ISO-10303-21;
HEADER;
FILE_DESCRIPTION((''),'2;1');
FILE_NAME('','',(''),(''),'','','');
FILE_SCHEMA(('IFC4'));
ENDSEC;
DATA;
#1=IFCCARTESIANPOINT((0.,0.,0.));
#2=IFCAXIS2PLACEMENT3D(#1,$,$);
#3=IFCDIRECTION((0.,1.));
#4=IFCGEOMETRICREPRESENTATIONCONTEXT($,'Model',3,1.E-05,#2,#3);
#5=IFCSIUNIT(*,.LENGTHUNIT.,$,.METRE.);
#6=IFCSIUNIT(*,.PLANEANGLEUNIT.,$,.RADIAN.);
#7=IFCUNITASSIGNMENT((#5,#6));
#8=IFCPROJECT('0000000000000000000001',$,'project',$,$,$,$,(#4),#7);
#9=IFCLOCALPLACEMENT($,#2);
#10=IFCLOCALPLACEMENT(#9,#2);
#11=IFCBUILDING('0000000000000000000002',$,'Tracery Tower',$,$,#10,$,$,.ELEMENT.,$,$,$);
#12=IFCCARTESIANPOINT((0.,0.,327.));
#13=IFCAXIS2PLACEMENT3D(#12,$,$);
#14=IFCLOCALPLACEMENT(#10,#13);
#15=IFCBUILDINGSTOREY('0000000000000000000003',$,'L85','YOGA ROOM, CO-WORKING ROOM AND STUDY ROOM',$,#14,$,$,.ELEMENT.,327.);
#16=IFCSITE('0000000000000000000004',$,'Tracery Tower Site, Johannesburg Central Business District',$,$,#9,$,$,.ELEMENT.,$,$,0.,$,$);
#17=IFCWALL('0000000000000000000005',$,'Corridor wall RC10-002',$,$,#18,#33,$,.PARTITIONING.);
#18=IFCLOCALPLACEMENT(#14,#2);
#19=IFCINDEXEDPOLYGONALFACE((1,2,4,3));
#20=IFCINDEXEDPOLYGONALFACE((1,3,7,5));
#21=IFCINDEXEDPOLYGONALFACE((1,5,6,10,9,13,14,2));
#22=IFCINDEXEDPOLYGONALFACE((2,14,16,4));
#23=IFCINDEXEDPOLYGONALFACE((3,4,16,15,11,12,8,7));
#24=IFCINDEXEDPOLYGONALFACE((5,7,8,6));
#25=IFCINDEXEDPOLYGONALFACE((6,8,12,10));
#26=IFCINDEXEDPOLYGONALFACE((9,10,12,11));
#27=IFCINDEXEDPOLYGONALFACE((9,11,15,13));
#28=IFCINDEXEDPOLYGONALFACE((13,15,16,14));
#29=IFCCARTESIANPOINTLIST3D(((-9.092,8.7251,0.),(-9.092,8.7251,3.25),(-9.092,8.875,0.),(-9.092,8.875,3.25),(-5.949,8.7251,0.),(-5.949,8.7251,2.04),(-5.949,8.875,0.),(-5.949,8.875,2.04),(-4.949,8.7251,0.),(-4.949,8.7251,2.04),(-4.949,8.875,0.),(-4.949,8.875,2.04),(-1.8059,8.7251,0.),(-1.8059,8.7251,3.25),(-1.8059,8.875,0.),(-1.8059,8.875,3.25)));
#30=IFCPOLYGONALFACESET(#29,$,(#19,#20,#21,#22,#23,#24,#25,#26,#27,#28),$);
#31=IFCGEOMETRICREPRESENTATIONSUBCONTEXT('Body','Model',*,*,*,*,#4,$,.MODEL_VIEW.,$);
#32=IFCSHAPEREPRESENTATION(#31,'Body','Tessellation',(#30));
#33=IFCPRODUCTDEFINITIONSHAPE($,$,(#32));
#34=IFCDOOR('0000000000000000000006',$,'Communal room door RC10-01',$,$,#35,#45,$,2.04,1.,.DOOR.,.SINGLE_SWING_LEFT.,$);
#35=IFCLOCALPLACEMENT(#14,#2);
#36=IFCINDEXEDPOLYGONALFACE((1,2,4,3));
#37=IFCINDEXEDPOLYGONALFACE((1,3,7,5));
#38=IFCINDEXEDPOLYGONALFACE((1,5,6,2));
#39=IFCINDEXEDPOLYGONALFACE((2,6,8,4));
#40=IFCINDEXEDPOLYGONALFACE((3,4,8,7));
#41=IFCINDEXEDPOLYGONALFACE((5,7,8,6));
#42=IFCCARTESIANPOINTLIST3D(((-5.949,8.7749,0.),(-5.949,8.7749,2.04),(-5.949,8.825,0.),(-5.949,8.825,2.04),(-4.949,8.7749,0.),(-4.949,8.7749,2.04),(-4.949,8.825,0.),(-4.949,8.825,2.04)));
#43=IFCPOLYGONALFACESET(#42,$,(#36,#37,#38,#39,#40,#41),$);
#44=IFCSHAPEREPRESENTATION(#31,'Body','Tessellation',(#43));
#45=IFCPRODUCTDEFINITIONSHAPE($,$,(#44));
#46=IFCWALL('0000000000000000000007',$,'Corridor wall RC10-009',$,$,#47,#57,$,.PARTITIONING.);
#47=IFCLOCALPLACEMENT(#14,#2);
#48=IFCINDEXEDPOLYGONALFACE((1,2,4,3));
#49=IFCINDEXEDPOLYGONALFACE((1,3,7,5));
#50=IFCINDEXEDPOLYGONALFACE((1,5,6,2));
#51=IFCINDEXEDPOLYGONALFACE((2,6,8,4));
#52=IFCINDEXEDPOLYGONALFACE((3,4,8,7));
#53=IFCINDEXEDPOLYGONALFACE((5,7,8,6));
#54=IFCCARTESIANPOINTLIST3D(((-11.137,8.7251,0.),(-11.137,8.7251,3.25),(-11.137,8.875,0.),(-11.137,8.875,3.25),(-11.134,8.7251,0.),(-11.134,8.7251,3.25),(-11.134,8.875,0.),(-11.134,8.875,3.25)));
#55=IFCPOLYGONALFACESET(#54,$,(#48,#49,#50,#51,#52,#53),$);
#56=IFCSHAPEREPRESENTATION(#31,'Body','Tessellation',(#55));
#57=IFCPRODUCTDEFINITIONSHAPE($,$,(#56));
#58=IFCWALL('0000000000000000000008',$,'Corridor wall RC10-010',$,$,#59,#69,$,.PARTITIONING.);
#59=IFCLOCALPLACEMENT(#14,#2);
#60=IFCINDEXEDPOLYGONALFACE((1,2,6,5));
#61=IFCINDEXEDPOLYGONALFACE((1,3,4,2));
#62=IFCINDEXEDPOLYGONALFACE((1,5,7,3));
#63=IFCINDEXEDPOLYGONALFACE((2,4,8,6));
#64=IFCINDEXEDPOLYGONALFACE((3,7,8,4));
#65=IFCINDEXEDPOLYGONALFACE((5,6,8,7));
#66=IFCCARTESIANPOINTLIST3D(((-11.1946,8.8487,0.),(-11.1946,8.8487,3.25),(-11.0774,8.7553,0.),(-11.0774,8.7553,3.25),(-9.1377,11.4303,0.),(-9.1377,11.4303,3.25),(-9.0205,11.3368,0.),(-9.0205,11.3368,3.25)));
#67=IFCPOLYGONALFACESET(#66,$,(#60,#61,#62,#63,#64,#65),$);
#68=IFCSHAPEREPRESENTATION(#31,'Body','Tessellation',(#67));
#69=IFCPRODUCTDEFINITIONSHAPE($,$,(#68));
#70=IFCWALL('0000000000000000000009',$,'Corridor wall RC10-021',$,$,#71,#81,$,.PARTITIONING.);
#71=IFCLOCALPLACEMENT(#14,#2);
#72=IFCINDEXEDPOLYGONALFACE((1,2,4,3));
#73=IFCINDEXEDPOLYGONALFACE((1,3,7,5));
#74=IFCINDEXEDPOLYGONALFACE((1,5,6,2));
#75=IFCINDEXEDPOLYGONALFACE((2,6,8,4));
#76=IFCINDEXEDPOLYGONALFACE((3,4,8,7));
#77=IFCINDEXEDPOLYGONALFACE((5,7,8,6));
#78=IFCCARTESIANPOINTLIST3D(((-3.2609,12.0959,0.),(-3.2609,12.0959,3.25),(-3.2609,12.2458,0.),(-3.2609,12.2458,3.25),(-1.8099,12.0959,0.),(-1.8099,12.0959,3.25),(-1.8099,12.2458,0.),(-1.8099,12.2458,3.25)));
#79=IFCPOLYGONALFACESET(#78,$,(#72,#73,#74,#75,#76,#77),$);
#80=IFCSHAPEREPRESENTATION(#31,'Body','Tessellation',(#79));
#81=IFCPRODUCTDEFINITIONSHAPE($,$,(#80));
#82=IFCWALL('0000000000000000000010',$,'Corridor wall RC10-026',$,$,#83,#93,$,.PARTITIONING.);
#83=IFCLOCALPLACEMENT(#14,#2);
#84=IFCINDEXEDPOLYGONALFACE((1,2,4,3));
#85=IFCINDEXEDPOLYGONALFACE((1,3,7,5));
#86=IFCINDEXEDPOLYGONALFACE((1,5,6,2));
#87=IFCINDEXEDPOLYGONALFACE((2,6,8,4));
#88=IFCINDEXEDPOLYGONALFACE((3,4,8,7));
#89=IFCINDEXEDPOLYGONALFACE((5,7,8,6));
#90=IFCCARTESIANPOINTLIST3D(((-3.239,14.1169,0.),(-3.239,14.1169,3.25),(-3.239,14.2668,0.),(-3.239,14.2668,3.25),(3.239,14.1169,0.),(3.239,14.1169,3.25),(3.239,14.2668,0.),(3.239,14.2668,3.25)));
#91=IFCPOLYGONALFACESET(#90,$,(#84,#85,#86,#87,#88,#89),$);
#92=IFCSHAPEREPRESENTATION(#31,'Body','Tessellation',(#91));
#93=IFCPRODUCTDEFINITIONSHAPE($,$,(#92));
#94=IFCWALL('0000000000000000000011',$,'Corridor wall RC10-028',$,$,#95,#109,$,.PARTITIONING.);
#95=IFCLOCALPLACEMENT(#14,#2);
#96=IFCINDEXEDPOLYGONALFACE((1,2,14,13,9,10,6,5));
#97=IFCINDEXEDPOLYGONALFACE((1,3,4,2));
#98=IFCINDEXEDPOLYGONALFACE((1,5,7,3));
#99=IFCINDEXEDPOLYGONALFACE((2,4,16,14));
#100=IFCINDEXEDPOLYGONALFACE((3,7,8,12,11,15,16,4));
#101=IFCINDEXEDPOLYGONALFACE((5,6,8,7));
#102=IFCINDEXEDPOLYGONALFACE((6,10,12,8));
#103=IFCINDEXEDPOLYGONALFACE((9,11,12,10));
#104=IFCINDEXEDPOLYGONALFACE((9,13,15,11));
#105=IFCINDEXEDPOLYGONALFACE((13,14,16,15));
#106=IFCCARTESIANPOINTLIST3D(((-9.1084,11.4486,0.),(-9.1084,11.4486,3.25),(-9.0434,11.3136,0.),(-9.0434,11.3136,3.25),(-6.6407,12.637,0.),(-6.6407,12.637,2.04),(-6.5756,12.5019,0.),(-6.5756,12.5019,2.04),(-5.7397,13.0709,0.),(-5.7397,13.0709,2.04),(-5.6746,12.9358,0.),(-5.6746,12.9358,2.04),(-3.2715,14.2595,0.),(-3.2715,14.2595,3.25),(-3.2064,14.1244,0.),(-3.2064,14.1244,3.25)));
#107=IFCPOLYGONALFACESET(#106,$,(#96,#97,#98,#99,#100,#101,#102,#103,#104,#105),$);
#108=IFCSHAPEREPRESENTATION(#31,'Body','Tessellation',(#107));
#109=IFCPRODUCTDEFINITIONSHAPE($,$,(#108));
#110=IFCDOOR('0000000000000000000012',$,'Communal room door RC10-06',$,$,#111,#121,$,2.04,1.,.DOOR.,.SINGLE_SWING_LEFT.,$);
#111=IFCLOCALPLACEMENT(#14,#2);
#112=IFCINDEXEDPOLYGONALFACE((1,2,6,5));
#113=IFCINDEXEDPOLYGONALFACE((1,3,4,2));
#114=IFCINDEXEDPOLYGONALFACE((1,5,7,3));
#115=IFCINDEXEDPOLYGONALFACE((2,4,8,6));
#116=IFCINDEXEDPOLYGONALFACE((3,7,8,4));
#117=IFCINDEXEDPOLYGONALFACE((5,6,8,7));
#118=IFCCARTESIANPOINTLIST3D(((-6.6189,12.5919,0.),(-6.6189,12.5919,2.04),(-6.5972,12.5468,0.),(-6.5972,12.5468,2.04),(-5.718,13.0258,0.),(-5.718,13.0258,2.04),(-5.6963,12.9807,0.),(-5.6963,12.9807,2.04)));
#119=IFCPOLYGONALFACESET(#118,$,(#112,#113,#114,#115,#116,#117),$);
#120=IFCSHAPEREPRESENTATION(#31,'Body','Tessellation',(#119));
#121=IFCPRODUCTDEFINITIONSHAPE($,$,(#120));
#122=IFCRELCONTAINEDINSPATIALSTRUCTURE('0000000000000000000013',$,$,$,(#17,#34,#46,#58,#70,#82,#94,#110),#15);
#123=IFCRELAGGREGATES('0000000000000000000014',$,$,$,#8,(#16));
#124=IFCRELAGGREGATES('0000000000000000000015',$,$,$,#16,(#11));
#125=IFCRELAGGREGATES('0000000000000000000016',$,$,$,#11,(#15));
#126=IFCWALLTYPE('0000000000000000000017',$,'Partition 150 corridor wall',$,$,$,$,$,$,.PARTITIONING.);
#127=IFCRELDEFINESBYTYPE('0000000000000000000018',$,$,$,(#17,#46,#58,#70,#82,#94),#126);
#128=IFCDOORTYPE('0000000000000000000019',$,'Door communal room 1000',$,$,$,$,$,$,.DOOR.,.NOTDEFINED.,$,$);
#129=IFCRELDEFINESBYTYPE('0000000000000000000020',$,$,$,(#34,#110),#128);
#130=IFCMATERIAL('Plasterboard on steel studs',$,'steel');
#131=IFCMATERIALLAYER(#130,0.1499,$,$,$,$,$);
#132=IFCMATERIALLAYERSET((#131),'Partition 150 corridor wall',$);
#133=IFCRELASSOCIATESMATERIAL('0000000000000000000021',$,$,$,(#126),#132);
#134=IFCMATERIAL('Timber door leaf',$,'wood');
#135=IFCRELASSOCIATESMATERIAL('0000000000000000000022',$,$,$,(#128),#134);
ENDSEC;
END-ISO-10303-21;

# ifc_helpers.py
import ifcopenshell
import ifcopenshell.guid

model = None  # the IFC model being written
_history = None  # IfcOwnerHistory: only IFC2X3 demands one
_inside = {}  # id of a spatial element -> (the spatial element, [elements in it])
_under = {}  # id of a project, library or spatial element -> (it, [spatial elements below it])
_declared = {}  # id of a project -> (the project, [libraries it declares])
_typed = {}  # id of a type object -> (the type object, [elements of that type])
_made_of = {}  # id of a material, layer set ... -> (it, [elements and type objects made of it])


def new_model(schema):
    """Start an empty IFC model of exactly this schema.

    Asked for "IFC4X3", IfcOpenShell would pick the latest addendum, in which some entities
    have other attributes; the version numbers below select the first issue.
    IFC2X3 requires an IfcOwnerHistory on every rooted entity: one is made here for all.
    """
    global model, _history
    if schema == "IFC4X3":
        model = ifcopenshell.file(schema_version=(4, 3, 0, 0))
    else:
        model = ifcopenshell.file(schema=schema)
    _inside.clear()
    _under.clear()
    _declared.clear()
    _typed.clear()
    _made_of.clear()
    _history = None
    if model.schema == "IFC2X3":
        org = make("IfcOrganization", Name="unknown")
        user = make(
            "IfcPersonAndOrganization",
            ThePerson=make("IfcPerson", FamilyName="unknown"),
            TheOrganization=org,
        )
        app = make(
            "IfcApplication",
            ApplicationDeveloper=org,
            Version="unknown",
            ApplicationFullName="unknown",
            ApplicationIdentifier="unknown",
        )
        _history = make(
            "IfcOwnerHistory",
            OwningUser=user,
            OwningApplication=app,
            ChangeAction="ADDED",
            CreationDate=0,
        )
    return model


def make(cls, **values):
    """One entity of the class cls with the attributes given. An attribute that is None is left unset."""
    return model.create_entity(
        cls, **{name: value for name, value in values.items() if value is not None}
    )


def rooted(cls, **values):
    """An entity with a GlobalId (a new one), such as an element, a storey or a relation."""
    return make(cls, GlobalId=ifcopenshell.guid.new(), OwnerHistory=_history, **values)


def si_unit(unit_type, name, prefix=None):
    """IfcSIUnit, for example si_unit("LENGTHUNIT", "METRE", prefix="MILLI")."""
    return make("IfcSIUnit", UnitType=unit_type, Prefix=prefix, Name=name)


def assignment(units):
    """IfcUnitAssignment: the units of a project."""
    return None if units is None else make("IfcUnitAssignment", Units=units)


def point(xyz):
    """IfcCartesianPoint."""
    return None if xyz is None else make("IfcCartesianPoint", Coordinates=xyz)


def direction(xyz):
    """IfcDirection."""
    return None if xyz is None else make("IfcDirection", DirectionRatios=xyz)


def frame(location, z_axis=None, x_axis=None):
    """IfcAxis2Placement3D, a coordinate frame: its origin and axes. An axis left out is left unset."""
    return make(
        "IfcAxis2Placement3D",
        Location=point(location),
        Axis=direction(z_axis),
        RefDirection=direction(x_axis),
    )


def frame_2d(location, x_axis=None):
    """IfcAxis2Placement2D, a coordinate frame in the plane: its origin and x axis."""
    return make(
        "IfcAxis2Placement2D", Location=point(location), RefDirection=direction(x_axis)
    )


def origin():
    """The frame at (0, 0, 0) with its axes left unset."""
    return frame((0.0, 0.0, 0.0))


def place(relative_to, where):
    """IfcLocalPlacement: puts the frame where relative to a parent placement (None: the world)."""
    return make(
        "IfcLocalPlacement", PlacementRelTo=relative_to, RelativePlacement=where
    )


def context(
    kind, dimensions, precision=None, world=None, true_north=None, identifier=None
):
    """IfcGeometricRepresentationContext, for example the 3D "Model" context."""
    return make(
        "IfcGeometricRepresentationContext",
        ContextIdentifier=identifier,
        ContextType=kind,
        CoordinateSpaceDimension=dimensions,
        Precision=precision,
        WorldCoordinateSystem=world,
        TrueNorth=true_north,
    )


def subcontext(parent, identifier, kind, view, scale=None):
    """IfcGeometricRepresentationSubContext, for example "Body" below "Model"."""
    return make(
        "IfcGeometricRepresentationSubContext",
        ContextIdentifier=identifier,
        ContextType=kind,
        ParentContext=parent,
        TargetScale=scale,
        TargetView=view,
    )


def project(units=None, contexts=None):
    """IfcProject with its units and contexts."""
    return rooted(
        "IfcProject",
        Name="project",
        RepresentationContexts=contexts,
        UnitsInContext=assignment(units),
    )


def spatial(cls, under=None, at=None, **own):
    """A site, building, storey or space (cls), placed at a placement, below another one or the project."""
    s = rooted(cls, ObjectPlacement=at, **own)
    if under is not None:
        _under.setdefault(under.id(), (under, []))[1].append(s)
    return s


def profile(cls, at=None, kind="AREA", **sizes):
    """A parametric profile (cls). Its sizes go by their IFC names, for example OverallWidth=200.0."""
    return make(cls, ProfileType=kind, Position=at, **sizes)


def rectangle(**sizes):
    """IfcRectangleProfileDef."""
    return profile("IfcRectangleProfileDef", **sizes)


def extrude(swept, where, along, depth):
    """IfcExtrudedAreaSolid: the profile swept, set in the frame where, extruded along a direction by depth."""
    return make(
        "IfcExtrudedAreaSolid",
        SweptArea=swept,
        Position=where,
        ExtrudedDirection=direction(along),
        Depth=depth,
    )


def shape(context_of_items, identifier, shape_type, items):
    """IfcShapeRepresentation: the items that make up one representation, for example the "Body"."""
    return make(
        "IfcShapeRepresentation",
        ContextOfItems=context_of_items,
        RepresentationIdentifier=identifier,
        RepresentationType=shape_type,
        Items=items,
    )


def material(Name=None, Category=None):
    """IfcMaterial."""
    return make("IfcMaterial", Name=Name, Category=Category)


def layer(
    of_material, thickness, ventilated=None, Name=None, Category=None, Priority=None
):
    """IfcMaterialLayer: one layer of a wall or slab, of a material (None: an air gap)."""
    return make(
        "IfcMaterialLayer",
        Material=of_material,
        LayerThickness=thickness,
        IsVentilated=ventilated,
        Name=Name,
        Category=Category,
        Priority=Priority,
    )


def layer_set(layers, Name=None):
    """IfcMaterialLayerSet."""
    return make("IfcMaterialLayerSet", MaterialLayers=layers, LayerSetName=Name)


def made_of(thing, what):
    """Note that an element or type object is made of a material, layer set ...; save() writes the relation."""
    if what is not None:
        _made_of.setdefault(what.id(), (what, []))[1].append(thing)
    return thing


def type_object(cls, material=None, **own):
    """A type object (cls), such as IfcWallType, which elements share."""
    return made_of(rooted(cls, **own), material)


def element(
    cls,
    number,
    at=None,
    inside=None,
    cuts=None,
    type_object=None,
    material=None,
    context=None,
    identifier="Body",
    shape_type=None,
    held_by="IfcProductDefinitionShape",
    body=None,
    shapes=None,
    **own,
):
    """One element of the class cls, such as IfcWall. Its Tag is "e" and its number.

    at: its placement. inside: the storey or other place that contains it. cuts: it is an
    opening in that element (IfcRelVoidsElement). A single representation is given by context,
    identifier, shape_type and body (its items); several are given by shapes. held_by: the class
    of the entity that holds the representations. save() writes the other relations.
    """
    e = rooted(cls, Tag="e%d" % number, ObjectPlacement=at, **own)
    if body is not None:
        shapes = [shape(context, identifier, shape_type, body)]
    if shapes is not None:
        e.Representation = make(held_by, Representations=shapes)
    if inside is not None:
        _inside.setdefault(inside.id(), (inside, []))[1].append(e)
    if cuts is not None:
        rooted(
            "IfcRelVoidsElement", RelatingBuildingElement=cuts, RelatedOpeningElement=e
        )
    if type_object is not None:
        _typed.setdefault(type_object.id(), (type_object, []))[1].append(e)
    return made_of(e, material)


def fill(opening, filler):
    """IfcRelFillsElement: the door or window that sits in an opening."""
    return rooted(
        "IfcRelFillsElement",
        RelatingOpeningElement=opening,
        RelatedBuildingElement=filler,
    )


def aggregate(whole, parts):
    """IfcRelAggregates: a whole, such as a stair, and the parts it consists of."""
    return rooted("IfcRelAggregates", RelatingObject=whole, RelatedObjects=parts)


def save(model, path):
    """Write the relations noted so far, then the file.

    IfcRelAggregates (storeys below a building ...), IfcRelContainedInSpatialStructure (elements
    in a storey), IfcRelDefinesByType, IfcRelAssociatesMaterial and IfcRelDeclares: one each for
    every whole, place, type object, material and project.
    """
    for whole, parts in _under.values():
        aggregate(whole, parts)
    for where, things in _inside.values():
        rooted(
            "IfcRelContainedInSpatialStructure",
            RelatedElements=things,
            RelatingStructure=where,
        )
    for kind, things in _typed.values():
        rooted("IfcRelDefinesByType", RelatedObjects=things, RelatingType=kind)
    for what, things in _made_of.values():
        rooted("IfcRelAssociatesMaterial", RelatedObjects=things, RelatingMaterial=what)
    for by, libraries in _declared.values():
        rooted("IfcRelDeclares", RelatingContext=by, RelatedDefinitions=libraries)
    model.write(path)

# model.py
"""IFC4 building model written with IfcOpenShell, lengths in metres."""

from ifc_helpers import new_model, si_unit, direction, frame, frame_2d, origin, place, context, subcontext, project, spatial, rectangle, extrude, material, layer, layer_set, type_object, element, fill, save


model = new_model("IFC4")

# Units and contexts
model_context = context("Model", 3, precision=1e-05, world=origin(), true_north=direction((0.0, 1.0)))
body_context = subcontext(model_context, "Body", "Model", "MODEL_VIEW")
ifc_project = project(units=[si_unit("LENGTHUNIT", "METRE"), si_unit("PLANEANGLEUNIT", "RADIAN")], contexts=[model_context])

# Site, building, storey
site_placement = place(None, origin())
site = spatial("IfcSite", under=ifc_project, at=site_placement, Name="Tracery Tower Site, Johannesburg Central Business District", CompositionType="ELEMENT", RefElevation=0.0)
building_placement = place(site_placement, origin())
building = spatial("IfcBuilding", under=site, at=building_placement, Name="Tracery Tower", CompositionType="ELEMENT")
storey_placement = place(building_placement, frame((0.0, 0.0, 327.0)))
storey = spatial("IfcBuildingStorey", under=building, at=storey_placement, Name="L85", Description="YOGA ROOM, CO-WORKING ROOM AND STUDY ROOM", CompositionType="ELEMENT", Elevation=327.0)

# Shared definitions
ifc_material_1 = material(Name="Plasterboard on steel studs", Category="steel")
ifc_layer_1 = layer(ifc_material_1, 0.1499)
ifc_layer_set_1 = layer_set([ifc_layer_1], Name="Partition 150 corridor wall")
wall_type_1 = type_object("IfcWallType", Name="Partition 150 corridor wall", PredefinedType="PARTITIONING", material=ifc_layer_set_1)

# Wall, opening, door
wall_1_placement = place(storey_placement, frame((-9.092, 8.8, 0.0), z_axis=(0.0, 0.0, 1.0), x_axis=(1.0, 0.0, 0.0)))
wall_1 = element("IfcWall", 1, at=wall_1_placement, inside=storey, type_object=wall_type_1, Name="Corridor wall RC10-002", PredefinedType="PARTITIONING", context=body_context, shape_type="SweptSolid", body=[
    extrude(rectangle(XDim=7.2861, YDim=0.1499, at=frame_2d((3.6431, 0.0))), origin(), (0.0, 0.0, 1.0), 3.25),
])
opening_1_placement = place(wall_1_placement, frame((3.1431, 0.0, 0.0)))
opening_1 = element("IfcOpeningElement", 2, at=opening_1_placement, cuts=wall_1, PredefinedType="OPENING", context=body_context, shape_type="SweptSolid", body=[
    extrude(rectangle(XDim=1.0, YDim=2.04, at=frame_2d((0.5, 1.02))), frame((0.0, 0.075, 0.0), z_axis=(0.0, -1.0, 0.0), x_axis=(1.0, 0.0, 0.0)), (0.0, 0.0, 1.0), 0.1499),
])
ifc_material_2 = material(Name="Timber door leaf", Category="wood")
door_type = type_object("IfcDoorType", Name="Door communal room 1000", OperationType="NOTDEFINED", PredefinedType="DOOR", material=ifc_material_2)
door_1_placement = place(opening_1_placement, origin())
door_1 = element("IfcDoor", 3, at=door_1_placement, inside=storey, type_object=door_type, Name="Communal room door RC10-01", OperationType="SINGLE_SWING_LEFT", OverallHeight=2.04, OverallWidth=1.0, PredefinedType="DOOR", context=body_context, shape_type="SweptSolid", body=[
    extrude(rectangle(XDim=1.0, YDim=2.04, at=frame_2d((0.5, 1.02))), frame((0.0, 0.0249, 0.0), z_axis=(0.0, -1.0, 0.0), x_axis=(1.0, 0.0, 0.0)), (0.0, 0.0, 1.0), 0.05),
])
fill(opening_1, door_1)

# Walls
wall_2_placement = place(storey_placement, frame((-11.134, 8.8, 0.0), z_axis=(0.0, 0.0, 1.0), x_axis=(-1.0, 0.0, 0.0)))
element("IfcWall", 4, at=wall_2_placement, inside=storey, type_object=wall_type_1, Name="Corridor wall RC10-009", PredefinedType="PARTITIONING", context=body_context, shape_type="SweptSolid", body=[
    extrude(rectangle(XDim=0.0029, YDim=0.1499, at=frame_2d((0.0015, 0.0))), origin(), (0.0, 0.0, 1.0), 3.25),
])
wall_3_placement = place(storey_placement, frame((-11.136, 8.802, 0.0), z_axis=(0.0, 0.0, 1.0), x_axis=(0.623151, 0.782101, 0.0)))
element("IfcWall", 5, at=wall_3_placement, inside=storey, type_object=wall_type_1, Name="Corridor wall RC10-010", PredefinedType="PARTITIONING", context=body_context, shape_type="SweptSolid", body=[
    extrude(rectangle(XDim=3.3008, YDim=0.1499, at=frame_2d((1.6504, 0.0))), origin(), (0.0, 0.0, 1.0), 3.25),
])
wall_4_placement = place(storey_placement, frame((-3.261, 12.1709, 0.0), z_axis=(0.0, 0.0, 1.0), x_axis=(1.0, 0.0, 0.0)))
element("IfcWall", 6, at=wall_4_placement, inside=storey, type_object=wall_type_1, Name="Corridor wall RC10-021", PredefinedType="PARTITIONING", context=body_context, shape_type="SweptSolid", body=[
    extrude(rectangle(XDim=1.4509, YDim=0.1499, at=frame_2d((0.7256, 0.0))), origin(), (0.0, 0.0, 1.0), 3.25),
])
wall_5_placement = place(storey_placement, frame((-3.239, 14.1919, 0.0), z_axis=(0.0, 0.0, 1.0), x_axis=(1.0, 0.0, 0.0)))
element("IfcWall", 7, at=wall_5_placement, inside=storey, type_object=wall_type_1, Name="Corridor wall RC10-026", PredefinedType="PARTITIONING", context=body_context, shape_type="SweptSolid", body=[
    extrude(rectangle(XDim=6.478, YDim=0.1499, at=frame_2d((3.239, 0.0))), origin(), (0.0, 0.0, 1.0), 3.25),
])

# Wall, opening, door
wall_6_placement = place(storey_placement, frame((-9.0759, 11.3811, 0.0), z_axis=(0.0, 0.0, 1.0), x_axis=(0.900976, 0.433869, 0.0)))
wall_6 = element("IfcWall", 8, at=wall_6_placement, inside=storey, type_object=wall_type_1, Name="Corridor wall RC10-028", PredefinedType="PARTITIONING", context=body_context, shape_type="SweptSolid", body=[
    extrude(rectangle(XDim=6.4785, YDim=0.1499, at=frame_2d((3.2393, 0.0))), origin(), (0.0, 0.0, 1.0), 3.25),
])
opening_2_placement = place(wall_6_placement, frame((2.739, 0.0, 0.0)))
opening_2 = element("IfcOpeningElement", 9, at=opening_2_placement, cuts=wall_6, PredefinedType="OPENING", context=body_context, shape_type="SweptSolid", body=[
    extrude(rectangle(XDim=1.0, YDim=2.04, at=frame_2d((0.5, 1.02))), frame((0.0, 0.075, 0.0), z_axis=(0.0, -1.0, 0.0), x_axis=(1.0, 0.0, 0.0)), (0.0, 0.0, 1.0), 0.1499),
])
door_2_placement = place(opening_2_placement, origin())
door_2 = element("IfcDoor", 10, at=door_2_placement, inside=storey, type_object=door_type, Name="Communal room door RC10-06", OperationType="SINGLE_SWING_LEFT", OverallHeight=2.04, OverallWidth=1.0, PredefinedType="DOOR", context=body_context, shape_type="SweptSolid", body=[
    extrude(rectangle(XDim=1.0, YDim=2.04, at=frame_2d((0.5, 1.02))), frame((0.0, 0.0249, 0.0), z_axis=(0.0, -1.0, 0.0), x_axis=(1.0, 0.0, 0.0)), (0.0, 0.0, 1.0), 0.05),
])
fill(opening_2, door_2)

save(model, "model.ifc")
